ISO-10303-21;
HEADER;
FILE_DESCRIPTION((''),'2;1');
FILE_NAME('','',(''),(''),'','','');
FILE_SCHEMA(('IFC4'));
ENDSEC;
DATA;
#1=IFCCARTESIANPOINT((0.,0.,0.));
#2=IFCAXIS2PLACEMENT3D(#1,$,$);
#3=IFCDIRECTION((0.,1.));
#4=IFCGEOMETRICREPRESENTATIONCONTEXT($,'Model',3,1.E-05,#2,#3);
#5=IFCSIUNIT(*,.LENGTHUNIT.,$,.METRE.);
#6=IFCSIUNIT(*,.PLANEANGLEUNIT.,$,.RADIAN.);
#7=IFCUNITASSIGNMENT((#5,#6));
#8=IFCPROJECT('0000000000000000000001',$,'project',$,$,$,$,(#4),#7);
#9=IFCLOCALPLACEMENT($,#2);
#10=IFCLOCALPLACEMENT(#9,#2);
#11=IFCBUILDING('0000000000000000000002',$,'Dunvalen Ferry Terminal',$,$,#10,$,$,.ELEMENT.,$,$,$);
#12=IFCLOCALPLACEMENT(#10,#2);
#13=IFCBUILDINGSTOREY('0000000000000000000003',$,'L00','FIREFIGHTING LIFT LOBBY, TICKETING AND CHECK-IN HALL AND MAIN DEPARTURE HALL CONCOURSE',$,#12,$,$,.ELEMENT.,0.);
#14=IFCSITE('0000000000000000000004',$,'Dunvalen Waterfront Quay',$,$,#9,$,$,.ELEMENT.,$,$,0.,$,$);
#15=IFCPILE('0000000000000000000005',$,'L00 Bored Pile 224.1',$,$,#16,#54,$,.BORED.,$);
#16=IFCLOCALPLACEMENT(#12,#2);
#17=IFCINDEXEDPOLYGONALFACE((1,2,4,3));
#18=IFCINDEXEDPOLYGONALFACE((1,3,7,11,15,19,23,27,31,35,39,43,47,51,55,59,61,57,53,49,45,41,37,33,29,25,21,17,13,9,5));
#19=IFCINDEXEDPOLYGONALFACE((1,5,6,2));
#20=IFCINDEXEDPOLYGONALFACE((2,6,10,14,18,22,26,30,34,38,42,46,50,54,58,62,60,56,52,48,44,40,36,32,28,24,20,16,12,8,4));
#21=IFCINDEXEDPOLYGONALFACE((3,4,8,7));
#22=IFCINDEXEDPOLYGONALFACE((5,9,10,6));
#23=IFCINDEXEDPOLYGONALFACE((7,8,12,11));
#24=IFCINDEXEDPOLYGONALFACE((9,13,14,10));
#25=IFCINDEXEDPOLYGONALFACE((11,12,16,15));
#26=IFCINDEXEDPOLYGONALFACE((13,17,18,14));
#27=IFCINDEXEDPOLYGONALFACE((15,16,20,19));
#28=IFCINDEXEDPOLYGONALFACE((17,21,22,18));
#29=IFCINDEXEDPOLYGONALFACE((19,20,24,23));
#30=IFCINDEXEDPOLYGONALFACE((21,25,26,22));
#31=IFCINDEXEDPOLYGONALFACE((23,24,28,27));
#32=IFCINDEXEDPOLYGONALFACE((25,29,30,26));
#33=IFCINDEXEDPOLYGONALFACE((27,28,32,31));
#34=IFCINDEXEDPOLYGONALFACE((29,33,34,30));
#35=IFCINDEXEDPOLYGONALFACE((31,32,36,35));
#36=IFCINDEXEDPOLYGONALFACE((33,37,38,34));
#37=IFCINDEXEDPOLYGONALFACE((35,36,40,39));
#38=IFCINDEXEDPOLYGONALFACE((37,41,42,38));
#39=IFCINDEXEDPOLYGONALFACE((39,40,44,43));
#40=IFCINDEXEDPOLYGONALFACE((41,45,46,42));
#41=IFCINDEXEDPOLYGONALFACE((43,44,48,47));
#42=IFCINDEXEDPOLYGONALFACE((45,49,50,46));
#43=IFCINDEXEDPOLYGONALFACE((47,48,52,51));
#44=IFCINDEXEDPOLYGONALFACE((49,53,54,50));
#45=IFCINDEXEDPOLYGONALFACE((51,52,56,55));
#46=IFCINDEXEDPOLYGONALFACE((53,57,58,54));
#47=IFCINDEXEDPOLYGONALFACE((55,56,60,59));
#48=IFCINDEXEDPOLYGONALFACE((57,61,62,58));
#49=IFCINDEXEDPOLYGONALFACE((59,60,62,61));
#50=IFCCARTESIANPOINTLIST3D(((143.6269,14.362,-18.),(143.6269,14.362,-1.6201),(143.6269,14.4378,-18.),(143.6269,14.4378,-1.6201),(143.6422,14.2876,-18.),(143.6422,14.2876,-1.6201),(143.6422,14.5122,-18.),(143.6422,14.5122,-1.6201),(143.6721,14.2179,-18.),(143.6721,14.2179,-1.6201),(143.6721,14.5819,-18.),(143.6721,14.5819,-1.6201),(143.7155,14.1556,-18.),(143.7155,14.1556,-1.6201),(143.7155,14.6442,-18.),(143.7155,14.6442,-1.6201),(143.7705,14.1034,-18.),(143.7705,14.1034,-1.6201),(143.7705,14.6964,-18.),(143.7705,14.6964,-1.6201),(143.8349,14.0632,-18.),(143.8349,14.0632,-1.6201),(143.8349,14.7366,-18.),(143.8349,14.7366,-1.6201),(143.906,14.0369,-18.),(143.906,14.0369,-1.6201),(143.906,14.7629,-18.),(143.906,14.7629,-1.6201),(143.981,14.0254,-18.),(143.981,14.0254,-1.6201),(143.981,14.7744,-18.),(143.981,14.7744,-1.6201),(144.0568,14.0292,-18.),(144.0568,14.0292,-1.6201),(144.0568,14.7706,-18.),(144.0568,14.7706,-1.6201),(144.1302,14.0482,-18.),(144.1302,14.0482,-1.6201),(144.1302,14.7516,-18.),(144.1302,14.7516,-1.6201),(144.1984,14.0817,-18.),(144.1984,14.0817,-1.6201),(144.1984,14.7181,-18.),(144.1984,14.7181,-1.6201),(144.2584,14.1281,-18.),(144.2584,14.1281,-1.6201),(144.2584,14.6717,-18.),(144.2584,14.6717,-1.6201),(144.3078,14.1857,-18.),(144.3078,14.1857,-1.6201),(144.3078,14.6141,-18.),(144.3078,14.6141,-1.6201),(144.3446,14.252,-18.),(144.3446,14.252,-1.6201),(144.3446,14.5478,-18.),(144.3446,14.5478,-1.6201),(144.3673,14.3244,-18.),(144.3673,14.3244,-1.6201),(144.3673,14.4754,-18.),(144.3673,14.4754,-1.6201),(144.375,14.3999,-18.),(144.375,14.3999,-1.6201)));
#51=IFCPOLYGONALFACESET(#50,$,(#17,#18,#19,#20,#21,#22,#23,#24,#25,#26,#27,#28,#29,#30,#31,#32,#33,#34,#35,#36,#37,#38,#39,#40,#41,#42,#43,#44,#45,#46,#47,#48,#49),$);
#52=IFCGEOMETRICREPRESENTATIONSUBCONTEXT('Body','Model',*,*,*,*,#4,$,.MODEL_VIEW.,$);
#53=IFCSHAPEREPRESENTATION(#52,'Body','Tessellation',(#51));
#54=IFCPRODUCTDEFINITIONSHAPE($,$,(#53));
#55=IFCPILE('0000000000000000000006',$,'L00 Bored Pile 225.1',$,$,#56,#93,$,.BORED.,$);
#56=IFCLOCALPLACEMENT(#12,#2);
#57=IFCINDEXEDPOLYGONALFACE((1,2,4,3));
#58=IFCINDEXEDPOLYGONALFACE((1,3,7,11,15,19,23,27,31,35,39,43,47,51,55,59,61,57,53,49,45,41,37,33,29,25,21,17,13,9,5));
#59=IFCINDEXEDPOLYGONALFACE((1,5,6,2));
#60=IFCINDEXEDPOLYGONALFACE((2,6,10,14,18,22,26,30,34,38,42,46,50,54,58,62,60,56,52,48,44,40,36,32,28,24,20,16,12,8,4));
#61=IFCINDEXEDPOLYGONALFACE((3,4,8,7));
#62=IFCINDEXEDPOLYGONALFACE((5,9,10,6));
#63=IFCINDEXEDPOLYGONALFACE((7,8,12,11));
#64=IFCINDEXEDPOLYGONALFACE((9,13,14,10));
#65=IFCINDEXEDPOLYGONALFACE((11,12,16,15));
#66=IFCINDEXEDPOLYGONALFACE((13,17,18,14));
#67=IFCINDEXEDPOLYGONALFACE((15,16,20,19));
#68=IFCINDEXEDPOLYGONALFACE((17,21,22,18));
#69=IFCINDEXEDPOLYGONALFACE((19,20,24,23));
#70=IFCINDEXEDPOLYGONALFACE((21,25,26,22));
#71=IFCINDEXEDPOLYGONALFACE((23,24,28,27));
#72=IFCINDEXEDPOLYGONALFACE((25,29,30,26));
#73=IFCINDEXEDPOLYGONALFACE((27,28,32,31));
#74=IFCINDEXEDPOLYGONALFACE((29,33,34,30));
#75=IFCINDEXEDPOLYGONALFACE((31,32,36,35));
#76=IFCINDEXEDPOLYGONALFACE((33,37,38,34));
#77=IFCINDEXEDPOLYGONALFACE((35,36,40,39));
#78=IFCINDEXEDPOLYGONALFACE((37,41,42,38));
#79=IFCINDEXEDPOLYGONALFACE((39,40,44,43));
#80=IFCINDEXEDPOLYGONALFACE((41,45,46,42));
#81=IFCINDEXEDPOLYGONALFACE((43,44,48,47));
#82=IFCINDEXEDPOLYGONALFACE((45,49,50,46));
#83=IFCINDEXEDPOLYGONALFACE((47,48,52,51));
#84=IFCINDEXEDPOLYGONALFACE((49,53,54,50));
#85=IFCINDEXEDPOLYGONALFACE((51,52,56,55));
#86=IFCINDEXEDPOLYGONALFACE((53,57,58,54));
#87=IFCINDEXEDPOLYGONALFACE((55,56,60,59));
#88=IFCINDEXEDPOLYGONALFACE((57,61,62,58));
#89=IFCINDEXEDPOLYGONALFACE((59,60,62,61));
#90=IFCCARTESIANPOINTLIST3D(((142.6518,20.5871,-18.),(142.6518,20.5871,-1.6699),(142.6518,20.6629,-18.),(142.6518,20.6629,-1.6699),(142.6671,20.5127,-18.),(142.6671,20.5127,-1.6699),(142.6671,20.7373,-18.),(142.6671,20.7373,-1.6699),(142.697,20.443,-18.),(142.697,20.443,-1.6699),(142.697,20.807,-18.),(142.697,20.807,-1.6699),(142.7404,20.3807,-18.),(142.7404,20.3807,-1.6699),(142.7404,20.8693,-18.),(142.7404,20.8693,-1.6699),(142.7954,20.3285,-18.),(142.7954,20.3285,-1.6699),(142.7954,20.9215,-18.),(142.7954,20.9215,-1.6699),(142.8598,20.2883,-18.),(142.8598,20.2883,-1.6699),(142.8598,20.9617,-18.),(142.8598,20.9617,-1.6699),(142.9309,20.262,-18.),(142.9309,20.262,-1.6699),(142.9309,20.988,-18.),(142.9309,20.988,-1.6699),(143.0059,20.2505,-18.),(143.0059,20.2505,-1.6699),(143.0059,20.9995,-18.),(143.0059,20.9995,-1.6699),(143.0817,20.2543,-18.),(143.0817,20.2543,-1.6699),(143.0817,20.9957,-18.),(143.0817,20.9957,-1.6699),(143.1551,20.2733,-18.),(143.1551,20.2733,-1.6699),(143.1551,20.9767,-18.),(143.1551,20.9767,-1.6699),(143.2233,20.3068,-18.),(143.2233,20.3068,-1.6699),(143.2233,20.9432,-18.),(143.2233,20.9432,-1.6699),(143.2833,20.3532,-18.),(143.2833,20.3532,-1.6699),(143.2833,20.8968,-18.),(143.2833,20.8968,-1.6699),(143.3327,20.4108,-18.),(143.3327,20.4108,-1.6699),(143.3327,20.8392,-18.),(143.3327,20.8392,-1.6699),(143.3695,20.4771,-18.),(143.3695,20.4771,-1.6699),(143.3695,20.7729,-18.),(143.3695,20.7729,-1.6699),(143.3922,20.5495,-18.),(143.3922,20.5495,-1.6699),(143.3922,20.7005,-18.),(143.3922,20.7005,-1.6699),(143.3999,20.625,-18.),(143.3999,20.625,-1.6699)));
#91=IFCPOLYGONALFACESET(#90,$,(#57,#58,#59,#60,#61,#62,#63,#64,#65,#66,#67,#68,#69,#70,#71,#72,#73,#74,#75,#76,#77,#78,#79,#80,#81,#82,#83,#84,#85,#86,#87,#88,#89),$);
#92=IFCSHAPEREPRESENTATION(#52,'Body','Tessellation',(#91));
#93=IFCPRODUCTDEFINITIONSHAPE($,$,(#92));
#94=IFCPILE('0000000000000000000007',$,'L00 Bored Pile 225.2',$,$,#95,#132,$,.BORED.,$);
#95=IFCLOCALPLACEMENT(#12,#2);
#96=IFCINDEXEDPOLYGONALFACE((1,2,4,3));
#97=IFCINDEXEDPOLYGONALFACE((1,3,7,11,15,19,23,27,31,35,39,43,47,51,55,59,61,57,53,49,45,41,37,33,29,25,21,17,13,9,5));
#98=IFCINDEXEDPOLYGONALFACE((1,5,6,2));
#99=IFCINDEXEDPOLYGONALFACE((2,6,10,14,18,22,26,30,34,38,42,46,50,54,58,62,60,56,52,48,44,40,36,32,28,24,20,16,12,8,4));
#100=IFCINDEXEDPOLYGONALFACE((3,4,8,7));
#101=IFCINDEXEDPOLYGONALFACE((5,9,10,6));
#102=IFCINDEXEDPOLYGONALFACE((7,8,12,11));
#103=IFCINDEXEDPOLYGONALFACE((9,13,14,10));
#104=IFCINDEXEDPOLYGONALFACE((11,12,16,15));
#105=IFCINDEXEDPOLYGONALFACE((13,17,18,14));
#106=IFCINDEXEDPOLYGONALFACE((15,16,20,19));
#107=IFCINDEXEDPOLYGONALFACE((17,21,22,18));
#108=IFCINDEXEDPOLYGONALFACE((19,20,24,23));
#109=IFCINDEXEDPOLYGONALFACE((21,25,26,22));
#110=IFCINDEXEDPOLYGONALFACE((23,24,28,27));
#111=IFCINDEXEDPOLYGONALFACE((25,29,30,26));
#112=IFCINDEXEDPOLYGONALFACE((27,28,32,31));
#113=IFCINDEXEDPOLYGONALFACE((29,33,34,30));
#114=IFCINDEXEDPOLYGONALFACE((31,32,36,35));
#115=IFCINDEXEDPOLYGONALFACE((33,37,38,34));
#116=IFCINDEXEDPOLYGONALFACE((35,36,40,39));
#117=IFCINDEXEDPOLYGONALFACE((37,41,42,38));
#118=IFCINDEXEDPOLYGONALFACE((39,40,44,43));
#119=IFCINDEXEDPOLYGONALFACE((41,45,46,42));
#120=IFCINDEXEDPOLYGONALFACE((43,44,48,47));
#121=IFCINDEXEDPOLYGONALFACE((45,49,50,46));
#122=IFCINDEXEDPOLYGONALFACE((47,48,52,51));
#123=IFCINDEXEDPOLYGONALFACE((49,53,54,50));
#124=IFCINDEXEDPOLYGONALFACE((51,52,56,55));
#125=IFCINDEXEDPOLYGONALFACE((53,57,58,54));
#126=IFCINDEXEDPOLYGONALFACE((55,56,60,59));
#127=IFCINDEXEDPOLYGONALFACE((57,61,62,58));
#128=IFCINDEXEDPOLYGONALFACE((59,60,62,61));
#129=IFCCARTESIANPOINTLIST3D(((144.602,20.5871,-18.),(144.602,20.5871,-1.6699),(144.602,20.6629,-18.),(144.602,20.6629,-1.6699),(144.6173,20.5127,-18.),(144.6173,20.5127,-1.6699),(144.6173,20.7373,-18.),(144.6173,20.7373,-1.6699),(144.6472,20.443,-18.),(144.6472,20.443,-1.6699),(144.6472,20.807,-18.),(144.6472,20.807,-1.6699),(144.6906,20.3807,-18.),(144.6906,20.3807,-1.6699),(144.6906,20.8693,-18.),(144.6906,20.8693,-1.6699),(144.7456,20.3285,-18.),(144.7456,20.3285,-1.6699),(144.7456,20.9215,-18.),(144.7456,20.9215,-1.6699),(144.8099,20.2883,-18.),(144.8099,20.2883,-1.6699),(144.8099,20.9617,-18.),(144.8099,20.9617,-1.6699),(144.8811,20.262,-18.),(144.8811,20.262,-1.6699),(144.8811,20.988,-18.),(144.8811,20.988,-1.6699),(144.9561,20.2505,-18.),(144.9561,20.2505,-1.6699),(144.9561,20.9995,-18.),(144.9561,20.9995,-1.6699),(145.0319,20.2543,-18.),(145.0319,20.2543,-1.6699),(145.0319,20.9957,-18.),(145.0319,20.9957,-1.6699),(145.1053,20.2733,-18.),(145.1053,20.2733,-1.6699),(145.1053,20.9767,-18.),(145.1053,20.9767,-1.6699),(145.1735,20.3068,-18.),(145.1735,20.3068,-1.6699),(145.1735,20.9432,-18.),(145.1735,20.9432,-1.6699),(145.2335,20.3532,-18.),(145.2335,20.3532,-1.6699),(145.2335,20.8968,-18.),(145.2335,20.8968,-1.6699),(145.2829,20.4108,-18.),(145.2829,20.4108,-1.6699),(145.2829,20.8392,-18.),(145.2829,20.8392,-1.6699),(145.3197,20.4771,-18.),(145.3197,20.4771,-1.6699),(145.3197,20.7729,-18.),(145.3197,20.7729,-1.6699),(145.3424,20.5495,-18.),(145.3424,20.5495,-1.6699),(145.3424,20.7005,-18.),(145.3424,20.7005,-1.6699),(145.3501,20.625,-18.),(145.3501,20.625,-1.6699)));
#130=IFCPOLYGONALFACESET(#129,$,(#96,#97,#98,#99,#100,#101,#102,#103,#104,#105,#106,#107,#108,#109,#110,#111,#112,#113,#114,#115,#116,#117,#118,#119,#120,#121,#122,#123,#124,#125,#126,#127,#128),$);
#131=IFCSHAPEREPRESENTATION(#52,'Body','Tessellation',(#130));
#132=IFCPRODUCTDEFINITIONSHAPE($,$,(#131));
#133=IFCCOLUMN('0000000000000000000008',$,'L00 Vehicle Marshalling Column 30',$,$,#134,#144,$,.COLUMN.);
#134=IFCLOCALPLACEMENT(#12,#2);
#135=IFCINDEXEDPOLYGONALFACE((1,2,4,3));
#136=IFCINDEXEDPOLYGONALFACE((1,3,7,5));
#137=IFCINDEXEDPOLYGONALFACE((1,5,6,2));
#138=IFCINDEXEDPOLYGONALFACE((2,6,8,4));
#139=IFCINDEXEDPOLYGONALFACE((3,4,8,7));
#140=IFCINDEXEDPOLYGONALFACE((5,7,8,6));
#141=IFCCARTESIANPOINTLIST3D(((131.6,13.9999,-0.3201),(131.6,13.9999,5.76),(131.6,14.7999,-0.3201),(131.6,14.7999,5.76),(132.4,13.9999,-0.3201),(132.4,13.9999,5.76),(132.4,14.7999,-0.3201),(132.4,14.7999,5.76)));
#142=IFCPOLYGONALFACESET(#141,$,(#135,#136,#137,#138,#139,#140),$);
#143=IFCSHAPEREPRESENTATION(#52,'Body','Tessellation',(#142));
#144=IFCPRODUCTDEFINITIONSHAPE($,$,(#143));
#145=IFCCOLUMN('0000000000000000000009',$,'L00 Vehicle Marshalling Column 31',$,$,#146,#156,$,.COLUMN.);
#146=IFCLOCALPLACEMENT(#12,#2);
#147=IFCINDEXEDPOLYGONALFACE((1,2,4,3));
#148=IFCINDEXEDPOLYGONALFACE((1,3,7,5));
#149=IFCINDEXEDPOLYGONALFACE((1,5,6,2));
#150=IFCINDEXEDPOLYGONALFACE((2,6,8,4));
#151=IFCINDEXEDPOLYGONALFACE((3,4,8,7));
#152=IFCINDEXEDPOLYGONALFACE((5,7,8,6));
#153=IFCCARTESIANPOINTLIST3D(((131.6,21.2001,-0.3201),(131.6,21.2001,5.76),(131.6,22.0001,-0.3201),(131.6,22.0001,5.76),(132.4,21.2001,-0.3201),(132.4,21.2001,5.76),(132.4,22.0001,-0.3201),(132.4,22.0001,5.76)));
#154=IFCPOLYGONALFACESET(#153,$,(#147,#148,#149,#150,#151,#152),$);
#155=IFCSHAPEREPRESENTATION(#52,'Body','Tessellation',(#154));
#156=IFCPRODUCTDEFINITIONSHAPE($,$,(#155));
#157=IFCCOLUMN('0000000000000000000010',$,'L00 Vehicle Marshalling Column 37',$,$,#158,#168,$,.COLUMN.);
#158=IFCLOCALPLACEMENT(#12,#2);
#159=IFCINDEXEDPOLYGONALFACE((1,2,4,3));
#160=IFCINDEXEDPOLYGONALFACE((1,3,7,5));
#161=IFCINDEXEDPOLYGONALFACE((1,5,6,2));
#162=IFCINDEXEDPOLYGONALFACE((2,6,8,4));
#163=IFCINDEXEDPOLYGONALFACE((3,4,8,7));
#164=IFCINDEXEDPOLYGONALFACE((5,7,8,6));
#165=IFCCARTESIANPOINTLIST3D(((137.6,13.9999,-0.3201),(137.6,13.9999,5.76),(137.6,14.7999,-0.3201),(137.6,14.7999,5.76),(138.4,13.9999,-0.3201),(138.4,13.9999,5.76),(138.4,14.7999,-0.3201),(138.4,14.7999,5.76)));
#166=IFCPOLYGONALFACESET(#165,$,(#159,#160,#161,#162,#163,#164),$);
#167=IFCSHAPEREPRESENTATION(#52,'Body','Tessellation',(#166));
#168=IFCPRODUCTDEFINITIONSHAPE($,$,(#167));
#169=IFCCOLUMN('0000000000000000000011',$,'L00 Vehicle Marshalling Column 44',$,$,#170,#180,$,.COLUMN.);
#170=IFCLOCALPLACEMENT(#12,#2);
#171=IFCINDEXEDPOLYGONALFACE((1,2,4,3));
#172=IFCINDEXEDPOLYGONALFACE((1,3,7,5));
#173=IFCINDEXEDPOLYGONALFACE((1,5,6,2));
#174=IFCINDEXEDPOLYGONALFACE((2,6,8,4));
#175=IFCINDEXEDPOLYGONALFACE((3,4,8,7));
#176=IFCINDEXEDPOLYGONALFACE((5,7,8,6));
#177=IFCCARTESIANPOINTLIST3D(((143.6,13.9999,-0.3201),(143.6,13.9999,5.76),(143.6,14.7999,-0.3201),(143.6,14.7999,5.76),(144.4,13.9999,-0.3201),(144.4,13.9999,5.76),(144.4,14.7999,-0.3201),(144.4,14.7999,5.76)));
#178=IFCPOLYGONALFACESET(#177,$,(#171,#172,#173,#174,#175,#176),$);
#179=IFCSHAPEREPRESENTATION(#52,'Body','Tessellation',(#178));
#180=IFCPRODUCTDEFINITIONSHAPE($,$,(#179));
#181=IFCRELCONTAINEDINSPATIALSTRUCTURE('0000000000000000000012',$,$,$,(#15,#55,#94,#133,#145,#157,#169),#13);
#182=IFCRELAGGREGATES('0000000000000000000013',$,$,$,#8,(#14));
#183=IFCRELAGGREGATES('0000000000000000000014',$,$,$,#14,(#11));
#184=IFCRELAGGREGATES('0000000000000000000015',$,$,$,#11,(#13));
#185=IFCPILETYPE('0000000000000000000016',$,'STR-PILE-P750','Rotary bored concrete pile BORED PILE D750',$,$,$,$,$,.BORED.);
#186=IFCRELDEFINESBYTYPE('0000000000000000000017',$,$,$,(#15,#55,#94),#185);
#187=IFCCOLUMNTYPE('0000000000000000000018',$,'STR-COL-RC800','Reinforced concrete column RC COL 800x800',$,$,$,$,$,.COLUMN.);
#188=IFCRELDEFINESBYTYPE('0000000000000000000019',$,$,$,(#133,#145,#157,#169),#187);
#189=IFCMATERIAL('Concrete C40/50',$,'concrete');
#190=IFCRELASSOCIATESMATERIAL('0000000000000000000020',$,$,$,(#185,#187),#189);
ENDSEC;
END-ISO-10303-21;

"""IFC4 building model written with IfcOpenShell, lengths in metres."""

from ifc_helpers import new_model, si_unit, direction, frame, origin, origin_2d, place, context, subcontext, project, spatial, rectangle, circle, extrude, material, material_profile, profile_set, type_object, element, save


model = new_model("IFC4")

# Units and contexts
model_context = context("Model", 3, precision=1e-05, world=origin(), true_north=direction((0.0, 1.0)))
body_context = subcontext(model_context, "Body", "Model", "MODEL_VIEW")
ifc_project = project(units=[si_unit("LENGTHUNIT", "METRE"), si_unit("PLANEANGLEUNIT", "RADIAN")], contexts=[model_context])

# Site, building, storey
site_placement = place(None, origin())
site = spatial("IfcSite", under=ifc_project, at=site_placement, Name="Dunvalen Waterfront Quay", CompositionType="ELEMENT", RefElevation=0.0)
building_placement = place(site_placement, origin())
building = spatial("IfcBuilding", under=site, at=building_placement, Name="Dunvalen Ferry Terminal", CompositionType="ELEMENT")
storey_placement = place(building_placement, origin())
storey = spatial("IfcBuildingStorey", under=building, at=storey_placement, Name="L00", Description="FIREFIGHTING LIFT LOBBY, TICKETING AND CHECK-IN HALL AND MAIN DEPARTURE HALL CONCOURSE", CompositionType="ELEMENT", Elevation=0.0)

# Shared definitions
ifc_material = material(Name="Concrete C40/50", Category="concrete")

# Piles
ifc_material_profile_1 = material_profile(ifc_material, circle(Radius=0.375, at=origin_2d()), Name="Concrete C40/50")
ifc_profile_set_1 = profile_set([ifc_material_profile_1], Name="Concrete C40/50")
pile_type = type_object("IfcPileType", Name="STR-PILE-P750", Description="Rotary bored concrete pile BORED PILE D750", PredefinedType="BORED", material=ifc_profile_set_1)
pile_1_placement = place(storey_placement, frame((144.0, 14.3999, -1.6201), z_axis=(0.0, 0.0, -1.0), x_axis=(1.0, 0.0, 0.0)))
element("IfcPile", 1, at=pile_1_placement, inside=storey, type_object=pile_type, Name="L00 Bored Pile 224.1", PredefinedType="BORED", context=body_context, shape_type="SweptSolid", body=[
    extrude(circle(Radius=0.375, at=origin_2d()), origin(), (0.0, 0.0, 1.0), 16.3799),
])
for number, where, z_axis, x_axis, name in (
    (2, (143.0249, 20.625, -1.6699), (0.0, 0.0, -1.0), (1.0, 0.0, 0.0), "L00 Bored Pile 225.1"),
    (3, (144.9751, 20.625, -1.6699), (0.0, 0.0, -1.0), (1.0, 0.0, 0.0), "L00 Bored Pile 225.2"),
):
    element("IfcPile", number, at=place(storey_placement, frame(where, z_axis=z_axis, x_axis=x_axis)), inside=storey, type_object=pile_type, Name=name, PredefinedType="BORED", context=body_context, shape_type="SweptSolid", body=[
        extrude(circle(Radius=0.375, at=origin_2d()), origin(), (0.0, 0.0, 1.0), 16.3301),
    ])

# Columns
ifc_material_profile_2 = material_profile(ifc_material, rectangle(XDim=0.8, YDim=0.8, at=origin_2d()), Name="Concrete C40/50")
ifc_profile_set_2 = profile_set([ifc_material_profile_2], Name="Concrete C40/50")
column_type = type_object("IfcColumnType", Name="STR-COL-RC800", Description="Reinforced concrete column RC COL 800x800", PredefinedType="COLUMN", material=ifc_profile_set_2)
for number, where, z_axis, x_axis, name in (
    (4, (132.0, 14.3999, -0.3201), (0.0, 0.0, 1.0), (1.0, 0.0, 0.0), "L00 Vehicle Marshalling Column 30"),
    (5, (132.0, 21.6001, -0.3201), (0.0, 0.0, 1.0), (1.0, 0.0, 0.0), "L00 Vehicle Marshalling Column 31"),
    (6, (138.0, 14.3999, -0.3201), (0.0, 0.0, 1.0), (1.0, 0.0, 0.0), "L00 Vehicle Marshalling Column 37"),
    (7, (144.0, 14.3999, -0.3201), (0.0, 0.0, 1.0), (1.0, 0.0, 0.0), "L00 Vehicle Marshalling Column 44"),
):
    element("IfcColumn", number, at=place(storey_placement, frame(where, z_axis=z_axis, x_axis=x_axis)), inside=storey, type_object=column_type, Name=name, PredefinedType="COLUMN", context=body_context, shape_type="SweptSolid", body=[
        extrude(rectangle(XDim=0.8, YDim=0.8, at=origin_2d()), origin(), (0.0, 0.0, 1.0), 6.0801),
    ])

save(model, "model.ifc")
